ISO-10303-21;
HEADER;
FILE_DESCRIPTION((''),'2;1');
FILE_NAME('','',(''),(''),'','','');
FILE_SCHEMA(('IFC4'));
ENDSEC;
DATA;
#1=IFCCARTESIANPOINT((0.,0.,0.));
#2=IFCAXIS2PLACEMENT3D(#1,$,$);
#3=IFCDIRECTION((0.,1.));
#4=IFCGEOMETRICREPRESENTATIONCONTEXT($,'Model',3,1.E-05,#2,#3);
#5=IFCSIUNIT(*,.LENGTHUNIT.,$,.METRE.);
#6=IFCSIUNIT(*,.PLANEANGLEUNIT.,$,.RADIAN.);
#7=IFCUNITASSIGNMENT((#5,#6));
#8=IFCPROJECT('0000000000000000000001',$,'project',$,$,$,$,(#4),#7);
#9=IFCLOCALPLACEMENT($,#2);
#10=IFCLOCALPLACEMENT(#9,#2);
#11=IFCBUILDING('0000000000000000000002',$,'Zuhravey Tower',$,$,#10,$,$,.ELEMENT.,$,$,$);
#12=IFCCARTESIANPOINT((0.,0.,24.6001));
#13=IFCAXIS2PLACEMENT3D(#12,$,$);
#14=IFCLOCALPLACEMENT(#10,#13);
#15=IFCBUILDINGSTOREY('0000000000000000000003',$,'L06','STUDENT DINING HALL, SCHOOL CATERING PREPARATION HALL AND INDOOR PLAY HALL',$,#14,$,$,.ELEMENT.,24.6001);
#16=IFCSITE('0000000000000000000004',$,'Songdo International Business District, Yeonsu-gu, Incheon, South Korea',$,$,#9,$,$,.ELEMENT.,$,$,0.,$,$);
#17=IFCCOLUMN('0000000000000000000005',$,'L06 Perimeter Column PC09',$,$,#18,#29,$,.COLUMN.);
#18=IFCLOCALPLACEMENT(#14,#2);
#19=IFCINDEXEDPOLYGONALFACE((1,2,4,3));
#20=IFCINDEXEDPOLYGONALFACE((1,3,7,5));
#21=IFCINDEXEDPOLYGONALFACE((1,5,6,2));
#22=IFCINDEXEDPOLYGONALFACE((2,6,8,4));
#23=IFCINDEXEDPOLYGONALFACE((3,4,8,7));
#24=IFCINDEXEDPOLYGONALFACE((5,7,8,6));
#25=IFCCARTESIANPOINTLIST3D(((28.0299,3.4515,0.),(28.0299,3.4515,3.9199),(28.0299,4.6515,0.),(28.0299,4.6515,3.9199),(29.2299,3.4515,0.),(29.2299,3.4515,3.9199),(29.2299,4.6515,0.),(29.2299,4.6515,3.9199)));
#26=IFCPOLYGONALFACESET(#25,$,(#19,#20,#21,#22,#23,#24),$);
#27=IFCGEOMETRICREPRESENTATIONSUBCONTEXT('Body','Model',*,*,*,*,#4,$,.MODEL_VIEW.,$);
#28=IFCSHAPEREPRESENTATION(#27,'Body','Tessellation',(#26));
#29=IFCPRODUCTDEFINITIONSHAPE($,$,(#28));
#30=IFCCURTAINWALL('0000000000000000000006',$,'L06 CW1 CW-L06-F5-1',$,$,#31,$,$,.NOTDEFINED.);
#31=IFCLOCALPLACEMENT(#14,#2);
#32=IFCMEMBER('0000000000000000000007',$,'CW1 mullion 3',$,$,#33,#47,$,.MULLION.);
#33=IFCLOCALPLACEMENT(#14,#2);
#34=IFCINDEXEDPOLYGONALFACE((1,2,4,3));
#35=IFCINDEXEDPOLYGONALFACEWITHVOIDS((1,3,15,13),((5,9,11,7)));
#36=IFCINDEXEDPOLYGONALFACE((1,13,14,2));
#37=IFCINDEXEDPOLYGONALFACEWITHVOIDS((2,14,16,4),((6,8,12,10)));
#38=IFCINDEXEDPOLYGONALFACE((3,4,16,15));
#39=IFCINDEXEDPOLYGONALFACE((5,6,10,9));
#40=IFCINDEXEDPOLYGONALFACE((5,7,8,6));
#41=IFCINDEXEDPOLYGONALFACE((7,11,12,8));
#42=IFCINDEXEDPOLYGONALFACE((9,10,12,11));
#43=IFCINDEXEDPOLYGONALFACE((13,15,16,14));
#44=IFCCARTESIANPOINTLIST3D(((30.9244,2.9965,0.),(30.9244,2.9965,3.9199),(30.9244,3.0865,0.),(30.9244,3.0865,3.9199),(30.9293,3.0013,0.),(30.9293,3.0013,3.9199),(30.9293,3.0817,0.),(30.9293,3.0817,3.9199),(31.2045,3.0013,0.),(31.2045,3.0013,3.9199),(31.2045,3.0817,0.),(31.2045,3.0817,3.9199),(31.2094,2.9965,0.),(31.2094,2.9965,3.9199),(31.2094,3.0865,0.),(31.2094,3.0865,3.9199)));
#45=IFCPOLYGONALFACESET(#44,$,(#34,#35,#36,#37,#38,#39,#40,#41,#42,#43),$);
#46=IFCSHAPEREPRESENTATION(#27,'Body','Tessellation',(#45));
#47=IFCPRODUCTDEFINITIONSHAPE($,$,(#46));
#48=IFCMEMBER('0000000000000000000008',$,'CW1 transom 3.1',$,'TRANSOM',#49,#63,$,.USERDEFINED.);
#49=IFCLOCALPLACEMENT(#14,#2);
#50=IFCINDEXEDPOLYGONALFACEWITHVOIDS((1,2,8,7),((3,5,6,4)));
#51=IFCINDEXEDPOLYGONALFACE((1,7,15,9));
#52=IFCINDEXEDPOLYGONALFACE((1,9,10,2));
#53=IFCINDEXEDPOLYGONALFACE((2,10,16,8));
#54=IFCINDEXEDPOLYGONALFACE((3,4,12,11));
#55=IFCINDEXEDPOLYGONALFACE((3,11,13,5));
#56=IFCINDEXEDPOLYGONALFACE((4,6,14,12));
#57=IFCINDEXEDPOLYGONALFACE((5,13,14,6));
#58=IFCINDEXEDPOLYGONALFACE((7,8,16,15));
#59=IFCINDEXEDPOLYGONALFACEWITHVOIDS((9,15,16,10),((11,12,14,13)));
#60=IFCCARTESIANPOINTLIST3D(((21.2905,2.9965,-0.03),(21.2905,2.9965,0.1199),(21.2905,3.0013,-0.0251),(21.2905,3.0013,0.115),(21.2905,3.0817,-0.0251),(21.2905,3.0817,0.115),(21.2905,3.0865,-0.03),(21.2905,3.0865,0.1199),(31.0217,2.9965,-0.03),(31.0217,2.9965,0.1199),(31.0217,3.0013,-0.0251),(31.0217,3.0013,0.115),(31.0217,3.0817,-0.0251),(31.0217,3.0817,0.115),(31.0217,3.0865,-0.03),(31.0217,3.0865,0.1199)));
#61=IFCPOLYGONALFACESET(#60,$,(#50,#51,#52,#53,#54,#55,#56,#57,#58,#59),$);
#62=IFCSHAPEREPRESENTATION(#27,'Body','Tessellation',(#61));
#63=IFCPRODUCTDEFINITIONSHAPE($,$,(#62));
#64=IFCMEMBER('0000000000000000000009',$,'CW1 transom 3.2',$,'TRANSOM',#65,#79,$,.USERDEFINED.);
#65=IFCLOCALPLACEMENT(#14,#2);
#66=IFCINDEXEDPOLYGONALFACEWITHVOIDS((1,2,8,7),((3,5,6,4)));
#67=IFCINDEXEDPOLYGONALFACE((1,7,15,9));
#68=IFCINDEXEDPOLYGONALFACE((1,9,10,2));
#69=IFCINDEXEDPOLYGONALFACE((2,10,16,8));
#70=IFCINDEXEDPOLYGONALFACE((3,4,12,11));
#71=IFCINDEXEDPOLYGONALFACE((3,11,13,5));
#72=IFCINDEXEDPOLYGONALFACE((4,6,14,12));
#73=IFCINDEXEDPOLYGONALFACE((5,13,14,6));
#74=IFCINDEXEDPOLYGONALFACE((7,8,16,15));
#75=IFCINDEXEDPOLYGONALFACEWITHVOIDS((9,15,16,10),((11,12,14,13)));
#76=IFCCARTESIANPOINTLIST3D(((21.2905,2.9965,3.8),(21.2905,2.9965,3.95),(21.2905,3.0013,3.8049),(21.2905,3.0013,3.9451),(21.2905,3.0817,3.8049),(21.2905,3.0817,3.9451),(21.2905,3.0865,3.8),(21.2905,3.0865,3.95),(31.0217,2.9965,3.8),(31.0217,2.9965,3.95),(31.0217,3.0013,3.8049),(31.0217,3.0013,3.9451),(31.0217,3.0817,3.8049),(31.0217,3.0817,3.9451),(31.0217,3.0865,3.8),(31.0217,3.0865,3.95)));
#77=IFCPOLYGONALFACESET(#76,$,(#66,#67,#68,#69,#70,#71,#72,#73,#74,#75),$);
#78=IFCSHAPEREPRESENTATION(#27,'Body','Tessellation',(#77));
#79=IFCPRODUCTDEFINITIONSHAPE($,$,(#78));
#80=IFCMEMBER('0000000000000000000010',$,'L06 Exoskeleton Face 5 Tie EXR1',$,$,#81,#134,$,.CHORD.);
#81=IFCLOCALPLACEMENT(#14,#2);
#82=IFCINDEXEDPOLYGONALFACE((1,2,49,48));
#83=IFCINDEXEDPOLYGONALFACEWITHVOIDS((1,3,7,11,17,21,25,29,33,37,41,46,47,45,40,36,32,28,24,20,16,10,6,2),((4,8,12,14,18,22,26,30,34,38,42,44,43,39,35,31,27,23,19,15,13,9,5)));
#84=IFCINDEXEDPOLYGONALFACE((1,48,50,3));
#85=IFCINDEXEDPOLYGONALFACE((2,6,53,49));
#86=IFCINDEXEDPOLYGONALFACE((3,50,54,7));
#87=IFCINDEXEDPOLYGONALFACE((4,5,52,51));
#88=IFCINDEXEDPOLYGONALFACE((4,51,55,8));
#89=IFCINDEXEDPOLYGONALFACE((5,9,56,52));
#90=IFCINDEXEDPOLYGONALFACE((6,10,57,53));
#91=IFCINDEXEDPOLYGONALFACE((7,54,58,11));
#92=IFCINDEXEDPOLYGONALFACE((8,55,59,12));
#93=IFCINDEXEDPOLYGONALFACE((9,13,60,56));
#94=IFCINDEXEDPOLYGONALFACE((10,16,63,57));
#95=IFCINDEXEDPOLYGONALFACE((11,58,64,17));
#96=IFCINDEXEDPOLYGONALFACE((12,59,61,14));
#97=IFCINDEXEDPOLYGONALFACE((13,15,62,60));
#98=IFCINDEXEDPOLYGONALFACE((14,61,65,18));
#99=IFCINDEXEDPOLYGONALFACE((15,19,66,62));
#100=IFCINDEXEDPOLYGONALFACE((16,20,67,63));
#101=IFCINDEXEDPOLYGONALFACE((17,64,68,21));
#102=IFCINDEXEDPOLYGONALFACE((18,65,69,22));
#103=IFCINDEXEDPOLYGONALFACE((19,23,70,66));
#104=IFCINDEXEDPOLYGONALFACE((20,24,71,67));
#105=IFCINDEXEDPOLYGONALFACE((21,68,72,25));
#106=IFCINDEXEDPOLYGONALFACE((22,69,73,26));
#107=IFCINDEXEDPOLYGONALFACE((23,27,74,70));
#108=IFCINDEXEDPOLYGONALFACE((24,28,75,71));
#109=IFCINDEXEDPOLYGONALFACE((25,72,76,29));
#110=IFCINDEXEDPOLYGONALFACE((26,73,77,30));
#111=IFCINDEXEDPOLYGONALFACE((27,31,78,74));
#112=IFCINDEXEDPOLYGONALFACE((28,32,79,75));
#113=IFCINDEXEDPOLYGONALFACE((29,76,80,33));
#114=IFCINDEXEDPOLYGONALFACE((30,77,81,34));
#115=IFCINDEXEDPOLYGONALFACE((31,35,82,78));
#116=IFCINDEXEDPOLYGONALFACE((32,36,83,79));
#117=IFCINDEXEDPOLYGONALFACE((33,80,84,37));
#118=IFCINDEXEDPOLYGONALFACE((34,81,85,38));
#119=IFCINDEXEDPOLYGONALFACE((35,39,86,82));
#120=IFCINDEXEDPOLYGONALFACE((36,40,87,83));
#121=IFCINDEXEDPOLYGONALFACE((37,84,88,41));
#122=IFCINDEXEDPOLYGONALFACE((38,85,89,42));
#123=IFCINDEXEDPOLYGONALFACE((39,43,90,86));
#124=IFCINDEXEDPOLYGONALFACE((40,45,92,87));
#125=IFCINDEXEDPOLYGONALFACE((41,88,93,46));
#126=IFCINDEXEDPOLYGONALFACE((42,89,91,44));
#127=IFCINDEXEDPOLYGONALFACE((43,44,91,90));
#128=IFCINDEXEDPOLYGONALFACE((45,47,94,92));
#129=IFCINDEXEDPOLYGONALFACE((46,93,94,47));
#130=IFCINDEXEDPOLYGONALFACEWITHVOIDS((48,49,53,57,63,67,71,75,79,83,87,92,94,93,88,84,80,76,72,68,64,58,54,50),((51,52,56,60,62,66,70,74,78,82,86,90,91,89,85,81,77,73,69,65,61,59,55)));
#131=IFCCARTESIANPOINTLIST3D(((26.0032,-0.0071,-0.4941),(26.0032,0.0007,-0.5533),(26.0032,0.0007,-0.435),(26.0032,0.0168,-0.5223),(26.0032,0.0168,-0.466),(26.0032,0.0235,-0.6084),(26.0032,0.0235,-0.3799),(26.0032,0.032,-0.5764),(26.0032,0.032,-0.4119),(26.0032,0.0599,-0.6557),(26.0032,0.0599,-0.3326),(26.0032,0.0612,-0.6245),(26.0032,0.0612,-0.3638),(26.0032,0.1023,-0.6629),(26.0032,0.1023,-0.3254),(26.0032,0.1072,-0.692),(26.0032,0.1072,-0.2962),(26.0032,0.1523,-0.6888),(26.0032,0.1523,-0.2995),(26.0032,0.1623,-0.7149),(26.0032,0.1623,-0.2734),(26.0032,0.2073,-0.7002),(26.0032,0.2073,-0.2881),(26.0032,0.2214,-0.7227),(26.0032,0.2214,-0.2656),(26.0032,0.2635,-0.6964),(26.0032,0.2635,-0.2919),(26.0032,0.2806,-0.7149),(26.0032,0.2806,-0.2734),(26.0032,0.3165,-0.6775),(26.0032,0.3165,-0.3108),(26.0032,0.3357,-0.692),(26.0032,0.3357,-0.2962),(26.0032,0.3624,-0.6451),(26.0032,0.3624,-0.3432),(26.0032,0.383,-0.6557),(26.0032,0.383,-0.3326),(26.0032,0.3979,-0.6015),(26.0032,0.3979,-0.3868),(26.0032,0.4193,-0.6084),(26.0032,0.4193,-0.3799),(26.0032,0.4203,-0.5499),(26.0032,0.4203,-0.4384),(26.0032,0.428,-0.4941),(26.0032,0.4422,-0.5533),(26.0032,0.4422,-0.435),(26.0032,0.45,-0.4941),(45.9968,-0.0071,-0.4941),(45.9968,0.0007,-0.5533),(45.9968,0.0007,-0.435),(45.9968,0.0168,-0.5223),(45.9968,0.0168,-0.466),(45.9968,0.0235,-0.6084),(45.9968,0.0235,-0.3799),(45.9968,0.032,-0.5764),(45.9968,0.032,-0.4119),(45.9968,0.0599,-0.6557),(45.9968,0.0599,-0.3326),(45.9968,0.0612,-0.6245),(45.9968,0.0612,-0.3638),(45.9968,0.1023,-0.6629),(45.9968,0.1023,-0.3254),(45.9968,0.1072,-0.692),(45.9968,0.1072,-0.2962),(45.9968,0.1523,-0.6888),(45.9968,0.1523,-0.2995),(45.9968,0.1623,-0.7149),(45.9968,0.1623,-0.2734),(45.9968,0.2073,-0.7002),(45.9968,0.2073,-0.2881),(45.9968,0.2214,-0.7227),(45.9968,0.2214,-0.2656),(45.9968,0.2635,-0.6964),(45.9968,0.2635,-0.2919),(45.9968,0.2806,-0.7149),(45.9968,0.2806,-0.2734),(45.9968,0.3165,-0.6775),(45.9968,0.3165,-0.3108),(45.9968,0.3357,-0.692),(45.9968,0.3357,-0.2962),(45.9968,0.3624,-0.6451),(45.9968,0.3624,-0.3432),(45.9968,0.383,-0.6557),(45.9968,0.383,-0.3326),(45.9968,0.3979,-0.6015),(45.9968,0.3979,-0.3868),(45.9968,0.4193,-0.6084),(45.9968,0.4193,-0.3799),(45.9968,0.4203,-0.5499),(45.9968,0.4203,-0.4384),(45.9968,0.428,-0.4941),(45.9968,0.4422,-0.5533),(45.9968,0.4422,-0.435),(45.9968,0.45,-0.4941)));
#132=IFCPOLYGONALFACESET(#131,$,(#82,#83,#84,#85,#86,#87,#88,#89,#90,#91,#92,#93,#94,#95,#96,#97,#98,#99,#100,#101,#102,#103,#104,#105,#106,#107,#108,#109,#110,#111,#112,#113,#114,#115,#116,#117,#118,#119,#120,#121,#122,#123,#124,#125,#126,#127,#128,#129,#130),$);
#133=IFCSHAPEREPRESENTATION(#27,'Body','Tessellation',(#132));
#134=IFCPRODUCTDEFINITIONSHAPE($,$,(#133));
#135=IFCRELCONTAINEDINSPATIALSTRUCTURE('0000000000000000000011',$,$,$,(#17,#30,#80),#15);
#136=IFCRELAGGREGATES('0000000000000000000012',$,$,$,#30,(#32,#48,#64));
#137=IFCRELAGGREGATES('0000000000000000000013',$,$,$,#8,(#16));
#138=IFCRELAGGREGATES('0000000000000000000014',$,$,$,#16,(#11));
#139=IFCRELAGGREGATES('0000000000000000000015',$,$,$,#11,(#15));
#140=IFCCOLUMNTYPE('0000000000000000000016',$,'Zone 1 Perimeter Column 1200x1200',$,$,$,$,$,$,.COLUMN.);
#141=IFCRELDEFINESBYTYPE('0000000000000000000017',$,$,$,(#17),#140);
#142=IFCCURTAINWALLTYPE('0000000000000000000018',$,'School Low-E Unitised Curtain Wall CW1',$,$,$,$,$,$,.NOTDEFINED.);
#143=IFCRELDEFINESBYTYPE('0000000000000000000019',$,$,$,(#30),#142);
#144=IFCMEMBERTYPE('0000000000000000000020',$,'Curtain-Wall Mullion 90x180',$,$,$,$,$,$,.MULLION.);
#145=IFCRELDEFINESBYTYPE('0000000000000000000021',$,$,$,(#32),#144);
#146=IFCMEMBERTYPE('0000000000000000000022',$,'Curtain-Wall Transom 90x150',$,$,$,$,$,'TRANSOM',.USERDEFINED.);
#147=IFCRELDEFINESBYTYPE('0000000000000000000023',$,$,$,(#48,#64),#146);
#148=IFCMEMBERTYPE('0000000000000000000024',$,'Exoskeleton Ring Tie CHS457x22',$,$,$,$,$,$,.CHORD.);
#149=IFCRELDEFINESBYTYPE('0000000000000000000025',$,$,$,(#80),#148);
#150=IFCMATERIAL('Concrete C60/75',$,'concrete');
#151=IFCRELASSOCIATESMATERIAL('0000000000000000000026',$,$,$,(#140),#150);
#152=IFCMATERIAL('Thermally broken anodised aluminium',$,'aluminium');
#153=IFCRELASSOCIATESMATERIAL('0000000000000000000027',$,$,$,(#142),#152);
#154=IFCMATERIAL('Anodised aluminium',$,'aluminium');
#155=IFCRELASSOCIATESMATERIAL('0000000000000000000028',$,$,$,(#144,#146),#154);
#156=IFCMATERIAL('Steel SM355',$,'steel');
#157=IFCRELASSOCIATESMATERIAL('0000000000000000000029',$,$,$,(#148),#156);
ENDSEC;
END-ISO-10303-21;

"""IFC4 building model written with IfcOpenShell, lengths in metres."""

from ifc_helpers import new_model, si_unit, direction, frame, origin, origin_2d, place, context, subcontext, project, spatial, rectangle, hollow_rectangle, hollow_circle, extrude, material, material_profile, profile_set, type_object, element, aggregate, save


model = new_model("IFC4")

# Units and contexts
model_context = context("Model", 3, precision=1e-05, world=origin(), true_north=direction((0.0, 1.0)))
body_context = subcontext(model_context, "Body", "Model", "MODEL_VIEW")
ifc_project = project(units=[si_unit("LENGTHUNIT", "METRE"), si_unit("PLANEANGLEUNIT", "RADIAN")], contexts=[model_context])

# Site, building, storey
site_placement = place(None, origin())
site = spatial("IfcSite", under=ifc_project, at=site_placement, Name="Songdo International Business District, Yeonsu-gu, Incheon, South Korea", CompositionType="ELEMENT", RefElevation=0.0)
building_placement = place(site_placement, origin())
building = spatial("IfcBuilding", under=site, at=building_placement, Name="Zuhravey Tower", CompositionType="ELEMENT")
storey_placement = place(building_placement, frame((0.0, 0.0, 24.6001)))
storey = spatial("IfcBuildingStorey", under=building, at=storey_placement, Name="L06", Description="STUDENT DINING HALL, SCHOOL CATERING PREPARATION HALL AND INDOOR PLAY HALL", CompositionType="ELEMENT", Elevation=24.6001)

# Column
ifc_material_1 = material(Name="Concrete C60/75", Category="concrete")
ifc_material_profile_1 = material_profile(ifc_material_1, rectangle(XDim=1.2, YDim=1.2, at=origin_2d()), Name="RC-1200x1200")
ifc_profile_set_1 = profile_set([ifc_material_profile_1], Name="Concrete C60/75")
column_type = type_object("IfcColumnType", Name="Zone 1 Perimeter Column 1200x1200", PredefinedType="COLUMN", material=ifc_profile_set_1)
column_placement = place(storey_placement, frame((28.6299, 4.0515, 0.0), z_axis=(0.0, 0.0, 1.0), x_axis=(1.0, 0.0, 0.0)))
element("IfcColumn", 1, at=column_placement, inside=storey, type_object=column_type, Name="L06 Perimeter Column PC09", PredefinedType="COLUMN", context=body_context, shape_type="SweptSolid", body=[
    extrude(rectangle(XDim=1.2, YDim=1.2, at=origin_2d()), origin(), (0.0, 0.0, 1.0), 3.9199),
])

# Curtain wall, members
ifc_material_2 = material(Name="Thermally broken anodised aluminium", Category="aluminium")
curtain_wall_type = type_object("IfcCurtainWallType", Name="School Low-E Unitised Curtain Wall CW1", PredefinedType="NOTDEFINED", material=ifc_material_2)
curtain_wall_placement = place(storey_placement, origin())
curtain_wall = element("IfcCurtainWall", 2, at=curtain_wall_placement, inside=storey, type_object=curtain_wall_type, Name="L06 CW1 CW-L06-F5-1", PredefinedType="NOTDEFINED")
ifc_material_3 = material(Name="Anodised aluminium", Category="aluminium")
ifc_material_profile_2 = material_profile(ifc_material_3, hollow_rectangle(XDim=0.0901, YDim=0.2849, WallThickness=0.0049, at=origin_2d()), Name="ALU-RHS-90x285x5")
ifc_profile_set_2 = profile_set([ifc_material_profile_2], Name="Anodised aluminium")
member_type_1 = type_object("IfcMemberType", Name="Curtain-Wall Mullion 90x180", PredefinedType="MULLION", material=ifc_profile_set_2)
member_1_placement = place(storey_placement, frame((31.0669, 3.0415, 0.0), z_axis=(0.0, 0.0, 1.0), x_axis=(0.0, -1.0, 0.0)))
member_1 = element("IfcMember", 3, at=member_1_placement, type_object=member_type_1, Name="CW1 mullion 3", PredefinedType="MULLION", context=body_context, shape_type="SweptSolid", body=[
    extrude(hollow_rectangle(XDim=0.0901, YDim=0.2849, WallThickness=0.0049, at=origin_2d()), origin(), (0.0, 0.0, 1.0), 3.9199),
])
ifc_material_profile_3 = material_profile(ifc_material_3, hollow_rectangle(XDim=0.0901, YDim=0.1499, WallThickness=0.0049, at=origin_2d()), Name="ALU-RHS-90x150x5")
ifc_profile_set_3 = profile_set([ifc_material_profile_3], Name="Anodised aluminium")
member_type_2 = type_object("IfcMemberType", Name="Curtain-Wall Transom 90x150", ElementType="TRANSOM", PredefinedType="USERDEFINED", material=ifc_profile_set_3)
member_2_placement = place(storey_placement, frame((31.0217, 3.0415, 0.0449), z_axis=(-1.0, 0.0, 0.0), x_axis=(0.0, -1.0, 0.0)))
member_2 = element("IfcMember", 4, at=member_2_placement, type_object=member_type_2, Name="CW1 transom 3.1", ObjectType="TRANSOM", PredefinedType="USERDEFINED", context=body_context, shape_type="SweptSolid", body=[
    extrude(hollow_rectangle(XDim=0.0901, YDim=0.1499, WallThickness=0.0049, at=origin_2d()), origin(), (0.0, 0.0, 1.0), 9.7312),
])
member_3_placement = place(storey_placement, frame((31.0217, 3.0415, 3.875), z_axis=(-1.0, 0.0, 0.0), x_axis=(0.0, -1.0, 0.0)))
member_3 = element("IfcMember", 5, at=member_3_placement, type_object=member_type_2, Name="CW1 transom 3.2", ObjectType="TRANSOM", PredefinedType="USERDEFINED", context=body_context, shape_type="SweptSolid", body=[
    extrude(hollow_rectangle(XDim=0.0901, YDim=0.1499, WallThickness=0.0049, at=origin_2d()), origin(), (0.0, 0.0, 1.0), 9.7312),
])

# Member
ifc_material_4 = material(Name="Steel SM355", Category="steel")
ifc_material_profile_4 = material_profile(ifc_material_4, hollow_circle(Radius=0.2285, WallThickness=0.022, at=origin_2d()), Name="CHS-457.2x22")
ifc_profile_set_4 = profile_set([ifc_material_profile_4], Name="Steel SM355")
member_type_3 = type_object("IfcMemberType", Name="Exoskeleton Ring Tie CHS457x22", PredefinedType="CHORD", material=ifc_profile_set_4)
member_4_placement = place(storey_placement, frame((26.0032, 0.2214, -0.4941), z_axis=(1.0, 0.0, 0.0), x_axis=(0.0, 1.0, 0.0)))
element("IfcMember", 6, at=member_4_placement, inside=storey, type_object=member_type_3, Name="L06 Exoskeleton Face 5 Tie EXR1", PredefinedType="CHORD", context=body_context, shape_type="SweptSolid", body=[
    extrude(hollow_circle(Radius=0.2285, WallThickness=0.022, at=origin_2d()), origin(), (0.0, 0.0, 1.0), 19.9937),
])

aggregate(curtain_wall, [member_1, member_2, member_3])

save(model, "model.ifc")
